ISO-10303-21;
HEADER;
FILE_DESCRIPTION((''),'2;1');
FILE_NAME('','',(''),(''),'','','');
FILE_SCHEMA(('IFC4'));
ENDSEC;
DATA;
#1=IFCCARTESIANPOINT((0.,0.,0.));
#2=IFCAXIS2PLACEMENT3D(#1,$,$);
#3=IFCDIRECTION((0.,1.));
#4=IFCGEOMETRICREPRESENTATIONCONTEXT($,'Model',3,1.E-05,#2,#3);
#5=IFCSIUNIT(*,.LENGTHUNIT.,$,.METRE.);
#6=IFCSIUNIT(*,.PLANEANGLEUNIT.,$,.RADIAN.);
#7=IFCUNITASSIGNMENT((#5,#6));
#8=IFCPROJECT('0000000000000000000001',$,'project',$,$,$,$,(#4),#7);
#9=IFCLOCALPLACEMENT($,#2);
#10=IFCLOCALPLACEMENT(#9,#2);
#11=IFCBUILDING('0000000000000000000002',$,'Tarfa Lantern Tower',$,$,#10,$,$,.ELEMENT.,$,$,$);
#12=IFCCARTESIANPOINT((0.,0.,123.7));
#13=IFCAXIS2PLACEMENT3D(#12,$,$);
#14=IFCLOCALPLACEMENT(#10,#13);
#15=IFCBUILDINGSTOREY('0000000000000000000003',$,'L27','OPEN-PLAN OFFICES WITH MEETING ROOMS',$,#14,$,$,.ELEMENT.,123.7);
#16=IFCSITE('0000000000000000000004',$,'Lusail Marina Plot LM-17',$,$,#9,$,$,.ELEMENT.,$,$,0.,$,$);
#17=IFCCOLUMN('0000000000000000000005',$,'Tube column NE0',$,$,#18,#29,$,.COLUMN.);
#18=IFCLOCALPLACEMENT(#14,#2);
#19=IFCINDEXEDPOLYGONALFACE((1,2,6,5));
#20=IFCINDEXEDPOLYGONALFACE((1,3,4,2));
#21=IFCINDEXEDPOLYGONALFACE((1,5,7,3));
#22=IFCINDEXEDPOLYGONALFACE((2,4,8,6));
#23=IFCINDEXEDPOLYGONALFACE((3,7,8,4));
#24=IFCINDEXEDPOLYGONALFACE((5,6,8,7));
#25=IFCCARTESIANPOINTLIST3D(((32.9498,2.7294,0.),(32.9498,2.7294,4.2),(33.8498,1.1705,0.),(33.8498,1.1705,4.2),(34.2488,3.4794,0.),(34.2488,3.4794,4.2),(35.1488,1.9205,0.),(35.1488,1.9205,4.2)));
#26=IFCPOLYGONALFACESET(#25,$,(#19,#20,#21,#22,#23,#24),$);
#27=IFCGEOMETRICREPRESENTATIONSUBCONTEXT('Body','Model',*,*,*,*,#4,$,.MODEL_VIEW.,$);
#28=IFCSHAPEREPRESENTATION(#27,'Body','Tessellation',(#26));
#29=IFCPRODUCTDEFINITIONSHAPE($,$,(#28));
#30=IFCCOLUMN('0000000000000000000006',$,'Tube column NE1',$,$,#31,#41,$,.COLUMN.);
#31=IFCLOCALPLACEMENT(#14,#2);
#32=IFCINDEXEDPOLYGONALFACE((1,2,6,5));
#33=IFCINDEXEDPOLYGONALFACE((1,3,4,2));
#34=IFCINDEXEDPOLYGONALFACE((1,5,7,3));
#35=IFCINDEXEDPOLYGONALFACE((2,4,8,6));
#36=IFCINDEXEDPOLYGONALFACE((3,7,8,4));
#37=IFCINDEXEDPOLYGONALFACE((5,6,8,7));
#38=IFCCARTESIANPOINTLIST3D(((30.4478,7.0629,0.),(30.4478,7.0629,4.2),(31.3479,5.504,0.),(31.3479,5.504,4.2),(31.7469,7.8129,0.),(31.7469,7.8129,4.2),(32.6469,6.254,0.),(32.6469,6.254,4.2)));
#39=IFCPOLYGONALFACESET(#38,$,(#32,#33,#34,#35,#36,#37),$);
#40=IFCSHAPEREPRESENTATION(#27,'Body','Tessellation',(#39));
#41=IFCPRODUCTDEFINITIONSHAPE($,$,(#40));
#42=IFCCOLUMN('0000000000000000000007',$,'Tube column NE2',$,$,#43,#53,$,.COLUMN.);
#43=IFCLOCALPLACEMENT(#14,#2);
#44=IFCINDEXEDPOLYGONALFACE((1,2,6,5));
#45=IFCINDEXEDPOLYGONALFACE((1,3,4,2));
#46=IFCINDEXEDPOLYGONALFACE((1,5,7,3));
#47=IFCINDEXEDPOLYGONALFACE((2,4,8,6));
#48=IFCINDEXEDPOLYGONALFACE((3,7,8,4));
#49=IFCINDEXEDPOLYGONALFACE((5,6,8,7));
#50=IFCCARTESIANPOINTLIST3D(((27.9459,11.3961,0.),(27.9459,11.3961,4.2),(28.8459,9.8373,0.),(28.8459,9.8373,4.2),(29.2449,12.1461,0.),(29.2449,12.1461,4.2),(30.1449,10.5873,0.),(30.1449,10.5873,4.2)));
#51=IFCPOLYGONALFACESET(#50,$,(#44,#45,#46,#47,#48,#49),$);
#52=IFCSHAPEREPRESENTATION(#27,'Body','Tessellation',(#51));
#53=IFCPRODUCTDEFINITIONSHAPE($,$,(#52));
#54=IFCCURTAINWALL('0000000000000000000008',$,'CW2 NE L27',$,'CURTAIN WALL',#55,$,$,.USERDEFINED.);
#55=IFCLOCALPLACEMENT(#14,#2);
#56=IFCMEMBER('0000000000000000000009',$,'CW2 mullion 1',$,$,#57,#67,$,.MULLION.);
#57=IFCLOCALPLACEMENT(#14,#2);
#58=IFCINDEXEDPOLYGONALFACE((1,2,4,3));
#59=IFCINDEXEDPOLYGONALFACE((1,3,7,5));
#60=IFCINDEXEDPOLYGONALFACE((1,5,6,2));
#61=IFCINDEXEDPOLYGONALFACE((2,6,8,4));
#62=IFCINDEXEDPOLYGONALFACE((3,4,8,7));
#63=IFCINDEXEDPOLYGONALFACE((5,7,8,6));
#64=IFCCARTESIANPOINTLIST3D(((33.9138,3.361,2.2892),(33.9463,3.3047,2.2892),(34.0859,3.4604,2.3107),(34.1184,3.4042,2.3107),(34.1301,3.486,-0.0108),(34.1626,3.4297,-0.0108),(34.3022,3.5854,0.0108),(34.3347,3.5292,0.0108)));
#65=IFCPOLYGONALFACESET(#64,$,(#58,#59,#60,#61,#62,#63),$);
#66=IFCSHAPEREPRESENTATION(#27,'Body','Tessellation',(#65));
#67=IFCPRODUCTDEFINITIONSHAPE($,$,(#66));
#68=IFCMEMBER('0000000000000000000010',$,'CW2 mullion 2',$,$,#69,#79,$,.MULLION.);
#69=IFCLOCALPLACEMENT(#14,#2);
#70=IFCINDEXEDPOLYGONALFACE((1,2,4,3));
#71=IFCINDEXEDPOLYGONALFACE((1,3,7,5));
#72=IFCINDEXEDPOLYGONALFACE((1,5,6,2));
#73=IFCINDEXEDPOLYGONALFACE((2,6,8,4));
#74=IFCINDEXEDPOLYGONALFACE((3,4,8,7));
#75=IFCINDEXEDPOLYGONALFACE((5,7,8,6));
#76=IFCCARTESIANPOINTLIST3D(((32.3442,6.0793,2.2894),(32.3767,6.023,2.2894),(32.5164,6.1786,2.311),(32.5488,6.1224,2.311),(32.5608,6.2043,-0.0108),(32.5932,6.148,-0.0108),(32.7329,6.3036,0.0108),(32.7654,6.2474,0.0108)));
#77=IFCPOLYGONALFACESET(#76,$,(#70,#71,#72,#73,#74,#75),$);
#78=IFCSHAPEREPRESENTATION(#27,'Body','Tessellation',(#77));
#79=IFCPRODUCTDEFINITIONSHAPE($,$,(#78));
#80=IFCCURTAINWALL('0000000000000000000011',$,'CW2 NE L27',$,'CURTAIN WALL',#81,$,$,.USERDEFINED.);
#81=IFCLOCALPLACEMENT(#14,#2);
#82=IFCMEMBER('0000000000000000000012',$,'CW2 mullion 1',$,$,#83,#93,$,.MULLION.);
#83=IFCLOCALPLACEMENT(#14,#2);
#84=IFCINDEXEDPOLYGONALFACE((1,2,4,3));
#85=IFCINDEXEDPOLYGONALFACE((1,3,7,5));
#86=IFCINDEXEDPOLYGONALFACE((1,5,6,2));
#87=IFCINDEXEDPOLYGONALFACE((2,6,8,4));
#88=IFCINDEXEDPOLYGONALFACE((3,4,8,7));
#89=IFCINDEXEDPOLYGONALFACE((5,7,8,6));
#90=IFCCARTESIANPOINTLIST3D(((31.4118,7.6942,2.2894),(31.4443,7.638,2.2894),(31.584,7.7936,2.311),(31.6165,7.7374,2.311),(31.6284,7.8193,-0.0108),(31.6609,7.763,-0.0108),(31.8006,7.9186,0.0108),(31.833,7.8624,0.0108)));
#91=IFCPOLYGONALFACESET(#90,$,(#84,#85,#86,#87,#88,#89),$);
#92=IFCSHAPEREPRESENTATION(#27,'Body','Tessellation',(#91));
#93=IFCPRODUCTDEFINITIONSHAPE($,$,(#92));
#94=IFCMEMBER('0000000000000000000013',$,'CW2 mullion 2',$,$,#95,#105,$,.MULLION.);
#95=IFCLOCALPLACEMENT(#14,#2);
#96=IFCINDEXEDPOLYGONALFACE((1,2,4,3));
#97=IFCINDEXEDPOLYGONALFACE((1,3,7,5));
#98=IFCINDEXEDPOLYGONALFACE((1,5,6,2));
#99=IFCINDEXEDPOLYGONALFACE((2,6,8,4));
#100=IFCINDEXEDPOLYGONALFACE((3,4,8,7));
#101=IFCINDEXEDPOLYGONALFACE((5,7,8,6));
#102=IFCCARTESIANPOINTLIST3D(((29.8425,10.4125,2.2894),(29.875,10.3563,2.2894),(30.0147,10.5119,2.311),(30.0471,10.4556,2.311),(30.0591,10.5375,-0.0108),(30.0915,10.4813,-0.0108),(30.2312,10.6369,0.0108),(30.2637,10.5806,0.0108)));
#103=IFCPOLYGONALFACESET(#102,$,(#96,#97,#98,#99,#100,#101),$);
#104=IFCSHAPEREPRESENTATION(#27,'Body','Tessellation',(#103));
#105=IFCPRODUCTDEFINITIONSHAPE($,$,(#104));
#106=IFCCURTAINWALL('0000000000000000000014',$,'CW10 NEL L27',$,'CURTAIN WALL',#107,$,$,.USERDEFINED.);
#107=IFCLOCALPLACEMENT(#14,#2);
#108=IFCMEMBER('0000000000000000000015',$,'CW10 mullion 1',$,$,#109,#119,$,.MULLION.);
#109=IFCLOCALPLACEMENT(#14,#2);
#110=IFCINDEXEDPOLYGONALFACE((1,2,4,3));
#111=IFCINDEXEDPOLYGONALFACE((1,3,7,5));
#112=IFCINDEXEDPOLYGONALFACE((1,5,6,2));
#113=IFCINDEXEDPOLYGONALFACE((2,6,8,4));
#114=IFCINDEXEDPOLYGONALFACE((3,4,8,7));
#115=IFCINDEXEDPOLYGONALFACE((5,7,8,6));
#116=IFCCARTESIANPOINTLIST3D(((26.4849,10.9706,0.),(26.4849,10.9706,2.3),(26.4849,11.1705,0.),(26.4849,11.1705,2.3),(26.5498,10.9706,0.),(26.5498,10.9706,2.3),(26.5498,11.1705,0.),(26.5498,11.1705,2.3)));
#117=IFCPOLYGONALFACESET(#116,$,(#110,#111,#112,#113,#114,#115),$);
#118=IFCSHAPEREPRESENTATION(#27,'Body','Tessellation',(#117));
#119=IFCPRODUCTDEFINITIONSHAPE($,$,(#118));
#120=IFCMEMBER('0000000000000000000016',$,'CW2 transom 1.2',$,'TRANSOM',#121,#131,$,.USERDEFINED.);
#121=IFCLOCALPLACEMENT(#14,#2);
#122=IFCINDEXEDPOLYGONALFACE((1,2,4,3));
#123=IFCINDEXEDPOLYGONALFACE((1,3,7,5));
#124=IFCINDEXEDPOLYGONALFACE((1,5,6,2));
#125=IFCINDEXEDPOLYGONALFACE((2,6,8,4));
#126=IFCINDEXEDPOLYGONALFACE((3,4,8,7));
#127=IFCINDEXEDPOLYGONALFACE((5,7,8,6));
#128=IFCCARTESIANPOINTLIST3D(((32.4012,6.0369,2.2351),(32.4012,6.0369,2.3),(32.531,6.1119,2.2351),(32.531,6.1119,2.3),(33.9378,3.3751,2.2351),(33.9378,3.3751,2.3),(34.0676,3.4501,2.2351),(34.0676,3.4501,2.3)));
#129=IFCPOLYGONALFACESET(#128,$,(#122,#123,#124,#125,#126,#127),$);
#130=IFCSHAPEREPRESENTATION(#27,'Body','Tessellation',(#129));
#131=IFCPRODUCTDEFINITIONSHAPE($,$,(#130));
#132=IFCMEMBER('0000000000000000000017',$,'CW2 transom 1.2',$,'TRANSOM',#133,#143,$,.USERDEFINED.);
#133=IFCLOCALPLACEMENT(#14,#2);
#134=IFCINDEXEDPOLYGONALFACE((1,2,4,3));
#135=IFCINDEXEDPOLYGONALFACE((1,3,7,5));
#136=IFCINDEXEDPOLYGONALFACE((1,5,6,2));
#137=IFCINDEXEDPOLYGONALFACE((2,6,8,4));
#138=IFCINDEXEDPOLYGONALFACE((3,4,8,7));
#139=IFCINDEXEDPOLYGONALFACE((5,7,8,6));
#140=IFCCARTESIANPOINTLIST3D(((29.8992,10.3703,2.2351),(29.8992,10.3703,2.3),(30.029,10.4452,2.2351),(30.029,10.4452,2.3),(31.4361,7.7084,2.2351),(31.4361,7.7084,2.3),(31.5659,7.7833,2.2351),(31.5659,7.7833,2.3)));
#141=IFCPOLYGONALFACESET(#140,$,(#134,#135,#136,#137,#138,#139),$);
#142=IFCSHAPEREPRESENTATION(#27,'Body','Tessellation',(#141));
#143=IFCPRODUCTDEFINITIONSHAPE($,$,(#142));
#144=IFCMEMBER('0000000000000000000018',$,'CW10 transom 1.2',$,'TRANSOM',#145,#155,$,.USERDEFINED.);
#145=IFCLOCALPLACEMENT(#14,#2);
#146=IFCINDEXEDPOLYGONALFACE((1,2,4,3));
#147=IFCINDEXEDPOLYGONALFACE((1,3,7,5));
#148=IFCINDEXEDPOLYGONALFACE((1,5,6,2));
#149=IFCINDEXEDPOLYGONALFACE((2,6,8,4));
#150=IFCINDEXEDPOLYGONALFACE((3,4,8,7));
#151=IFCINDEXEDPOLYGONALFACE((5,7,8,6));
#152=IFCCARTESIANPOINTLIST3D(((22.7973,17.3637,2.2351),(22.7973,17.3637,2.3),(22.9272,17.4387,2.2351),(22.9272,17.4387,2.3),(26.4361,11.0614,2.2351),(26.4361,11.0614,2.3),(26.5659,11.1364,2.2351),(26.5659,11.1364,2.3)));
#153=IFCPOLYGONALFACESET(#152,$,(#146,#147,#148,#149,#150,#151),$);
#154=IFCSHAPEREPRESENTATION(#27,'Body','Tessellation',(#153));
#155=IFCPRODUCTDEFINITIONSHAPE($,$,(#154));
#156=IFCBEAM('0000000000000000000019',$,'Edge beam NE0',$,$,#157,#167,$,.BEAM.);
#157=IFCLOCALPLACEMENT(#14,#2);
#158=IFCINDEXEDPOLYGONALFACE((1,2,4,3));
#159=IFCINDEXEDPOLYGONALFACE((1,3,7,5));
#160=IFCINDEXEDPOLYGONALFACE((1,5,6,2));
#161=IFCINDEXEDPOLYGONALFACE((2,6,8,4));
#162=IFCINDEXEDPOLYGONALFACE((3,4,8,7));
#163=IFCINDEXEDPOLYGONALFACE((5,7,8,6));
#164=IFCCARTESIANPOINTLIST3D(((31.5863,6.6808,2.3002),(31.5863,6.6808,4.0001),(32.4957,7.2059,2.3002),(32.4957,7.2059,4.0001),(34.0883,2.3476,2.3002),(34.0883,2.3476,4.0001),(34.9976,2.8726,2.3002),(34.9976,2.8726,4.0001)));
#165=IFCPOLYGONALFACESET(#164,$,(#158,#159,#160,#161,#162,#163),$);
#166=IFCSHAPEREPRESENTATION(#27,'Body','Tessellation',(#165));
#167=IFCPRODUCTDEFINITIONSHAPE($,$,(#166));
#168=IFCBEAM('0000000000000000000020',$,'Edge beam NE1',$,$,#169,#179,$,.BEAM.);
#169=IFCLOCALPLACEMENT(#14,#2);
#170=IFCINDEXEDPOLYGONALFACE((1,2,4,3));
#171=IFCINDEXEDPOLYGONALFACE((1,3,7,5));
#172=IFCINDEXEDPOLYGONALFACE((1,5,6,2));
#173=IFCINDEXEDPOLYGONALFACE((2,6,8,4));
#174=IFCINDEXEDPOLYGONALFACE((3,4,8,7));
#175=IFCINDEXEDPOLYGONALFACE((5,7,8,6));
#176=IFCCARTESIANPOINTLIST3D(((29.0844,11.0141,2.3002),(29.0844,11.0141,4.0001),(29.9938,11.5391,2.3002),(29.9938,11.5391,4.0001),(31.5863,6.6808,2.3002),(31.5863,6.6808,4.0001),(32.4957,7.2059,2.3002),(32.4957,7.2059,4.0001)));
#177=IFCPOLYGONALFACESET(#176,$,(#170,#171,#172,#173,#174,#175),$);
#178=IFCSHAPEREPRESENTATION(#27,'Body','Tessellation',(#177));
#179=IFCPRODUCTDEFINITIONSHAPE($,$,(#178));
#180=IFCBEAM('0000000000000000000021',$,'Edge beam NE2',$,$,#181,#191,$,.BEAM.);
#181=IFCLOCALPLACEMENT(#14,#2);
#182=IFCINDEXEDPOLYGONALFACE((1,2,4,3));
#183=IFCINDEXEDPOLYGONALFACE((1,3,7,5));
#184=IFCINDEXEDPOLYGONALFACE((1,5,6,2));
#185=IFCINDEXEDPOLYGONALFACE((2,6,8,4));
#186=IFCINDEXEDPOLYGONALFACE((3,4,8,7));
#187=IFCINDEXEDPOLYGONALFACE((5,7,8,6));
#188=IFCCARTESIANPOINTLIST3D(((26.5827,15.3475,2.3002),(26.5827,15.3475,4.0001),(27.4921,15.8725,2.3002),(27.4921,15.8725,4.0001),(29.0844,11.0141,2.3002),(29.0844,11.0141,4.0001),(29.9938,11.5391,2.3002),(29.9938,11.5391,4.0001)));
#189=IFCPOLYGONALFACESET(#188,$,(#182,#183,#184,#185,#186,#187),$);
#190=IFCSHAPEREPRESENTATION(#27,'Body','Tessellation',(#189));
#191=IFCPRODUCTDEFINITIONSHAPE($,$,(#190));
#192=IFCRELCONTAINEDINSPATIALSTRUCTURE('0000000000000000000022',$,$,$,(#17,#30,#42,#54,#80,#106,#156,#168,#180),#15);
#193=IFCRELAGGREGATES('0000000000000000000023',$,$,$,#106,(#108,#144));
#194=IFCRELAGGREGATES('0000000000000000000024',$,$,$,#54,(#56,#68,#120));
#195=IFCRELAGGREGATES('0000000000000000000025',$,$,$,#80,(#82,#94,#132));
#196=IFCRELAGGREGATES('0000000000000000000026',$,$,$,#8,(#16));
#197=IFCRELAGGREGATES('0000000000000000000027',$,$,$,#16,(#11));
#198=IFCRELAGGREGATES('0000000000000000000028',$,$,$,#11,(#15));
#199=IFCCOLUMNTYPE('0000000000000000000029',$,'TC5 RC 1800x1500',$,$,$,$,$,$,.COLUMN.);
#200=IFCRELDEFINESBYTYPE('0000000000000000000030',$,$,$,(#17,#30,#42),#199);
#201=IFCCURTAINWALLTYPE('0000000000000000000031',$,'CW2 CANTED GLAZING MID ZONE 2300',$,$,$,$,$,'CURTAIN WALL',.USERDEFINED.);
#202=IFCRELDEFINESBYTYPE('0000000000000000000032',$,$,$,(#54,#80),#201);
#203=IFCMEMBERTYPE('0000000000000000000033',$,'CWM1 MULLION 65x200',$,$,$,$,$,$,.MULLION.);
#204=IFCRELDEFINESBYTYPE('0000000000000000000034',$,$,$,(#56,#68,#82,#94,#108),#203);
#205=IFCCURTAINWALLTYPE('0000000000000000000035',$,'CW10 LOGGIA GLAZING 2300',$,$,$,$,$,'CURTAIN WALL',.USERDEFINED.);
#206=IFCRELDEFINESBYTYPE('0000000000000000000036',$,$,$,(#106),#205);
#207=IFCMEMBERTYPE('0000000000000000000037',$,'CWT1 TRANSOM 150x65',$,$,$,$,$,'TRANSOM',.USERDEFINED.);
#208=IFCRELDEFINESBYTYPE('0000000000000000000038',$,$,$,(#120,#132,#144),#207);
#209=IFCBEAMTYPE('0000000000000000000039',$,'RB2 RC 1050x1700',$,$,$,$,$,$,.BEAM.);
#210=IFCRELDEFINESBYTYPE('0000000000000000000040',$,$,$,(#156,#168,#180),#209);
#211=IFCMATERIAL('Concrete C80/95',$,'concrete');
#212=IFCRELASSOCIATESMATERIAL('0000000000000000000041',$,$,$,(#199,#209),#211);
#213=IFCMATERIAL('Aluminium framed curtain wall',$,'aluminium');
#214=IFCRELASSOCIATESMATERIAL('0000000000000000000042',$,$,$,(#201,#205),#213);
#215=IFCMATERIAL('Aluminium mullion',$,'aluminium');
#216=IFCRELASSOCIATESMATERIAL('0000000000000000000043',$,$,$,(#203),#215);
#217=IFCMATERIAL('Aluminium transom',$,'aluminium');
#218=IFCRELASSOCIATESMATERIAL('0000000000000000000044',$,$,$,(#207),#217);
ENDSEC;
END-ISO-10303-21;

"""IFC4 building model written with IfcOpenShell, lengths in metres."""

from ifc_helpers import new_model, si_unit, direction, frame, origin, origin_2d, place, context, subcontext, project, spatial, rectangle, extrude, material, material_profile, profile_set, type_object, element, aggregate, save


model = new_model("IFC4")

# Units and contexts
model_context = context("Model", 3, precision=1e-05, world=origin(), true_north=direction((0.0, 1.0)))
body_context = subcontext(model_context, "Body", "Model", "MODEL_VIEW")
ifc_project = project(units=[si_unit("LENGTHUNIT", "METRE"), si_unit("PLANEANGLEUNIT", "RADIAN")], contexts=[model_context])

# Site, building, storey
site_placement = place(None, origin())
site = spatial("IfcSite", under=ifc_project, at=site_placement, Name="Lusail Marina Plot LM-17", CompositionType="ELEMENT", RefElevation=0.0)
building_placement = place(site_placement, origin())
building = spatial("IfcBuilding", under=site, at=building_placement, Name="Tarfa Lantern Tower", CompositionType="ELEMENT")
storey_placement = place(building_placement, frame((0.0, 0.0, 123.7)))
storey = spatial("IfcBuildingStorey", under=building, at=storey_placement, Name="L27", Description="OPEN-PLAN OFFICES WITH MEETING ROOMS", CompositionType="ELEMENT", Elevation=123.7)

# Columns
ifc_material_1 = material(Name="Concrete C80/95", Category="concrete")
ifc_material_profile_1 = material_profile(ifc_material_1, rectangle(XDim=1.8, YDim=1.5, at=origin_2d()), Name="RC 1800x1500")
ifc_profile_set_1 = profile_set([ifc_material_profile_1], Name="Concrete C80/95")
column_type = type_object("IfcColumnType", Name="TC5 RC 1800x1500", PredefinedType="COLUMN", material=ifc_profile_set_1)
for number, where, z_axis, x_axis, name in (
    (1, (34.0493, 2.325, 0.0), (0.0, 0.0, 1.0), (-0.5, 0.866025, 0.0), "Tube column NE0"),
    (2, (31.5474, 6.6584, 0.0), (0.0, 0.0, 1.0), (-0.5, 0.866025, 0.0), "Tube column NE1"),
    (3, (29.0454, 10.9917, 0.0), (0.0, 0.0, 1.0), (-0.5, 0.866025, 0.0), "Tube column NE2"),
):
    element("IfcColumn", number, at=place(storey_placement, frame(where, z_axis=z_axis, x_axis=x_axis)), inside=storey, type_object=column_type, Name=name, PredefinedType="COLUMN", context=body_context, shape_type="SweptSolid", body=[
        extrude(rectangle(XDim=1.8, YDim=1.5, at=origin_2d()), origin(), (0.0, 0.0, 1.0), 4.2),
    ])

# Curtain walls, members
ifc_material_2 = material(Name="Aluminium framed curtain wall", Category="aluminium")
curtain_wall_type_1 = type_object("IfcCurtainWallType", Name="CW2 CANTED GLAZING MID ZONE 2300", ElementType="CURTAIN WALL", PredefinedType="USERDEFINED", material=ifc_material_2)
curtain_wall_1_placement = place(storey_placement, origin())
curtain_wall_1 = element("IfcCurtainWall", 4, at=curtain_wall_1_placement, inside=storey, type_object=curtain_wall_type_1, Name="CW2 NE L27", ObjectType="CURTAIN WALL", PredefinedType="USERDEFINED")
ifc_material_3 = material(Name="Aluminium mullion", Category="aluminium")
ifc_material_profile_2 = material_profile(ifc_material_3, rectangle(XDim=0.0649, YDim=0.2, at=origin_2d()), Name="AL MULLION 65x200")
ifc_profile_set_2 = profile_set([ifc_material_profile_2], Name="Aluminium mullion")
member_type_1 = type_object("IfcMemberType", Name="CWM1 MULLION 65x200", PredefinedType="MULLION", material=ifc_profile_set_2)
member_1_placement = place(storey_placement, frame((34.2324, 3.5076, 0.0), z_axis=(-0.093495, -0.054029, 0.994153), x_axis=(0.500343, -0.865827, 0.0)))
member_1 = element("IfcMember", 5, at=member_1_placement, type_object=member_type_1, Name="CW2 mullion 1", PredefinedType="MULLION", context=body_context, shape_type="SweptSolid", body=[
    extrude(rectangle(XDim=0.0649, YDim=0.2, at=origin_2d()), origin(), (0.0, 0.0, 1.0), 2.3135),
])
member_2_placement = place(storey_placement, frame((32.6631, 6.2258, 0.0), z_axis=(-0.0936, -0.054028, 0.994143), x_axis=(0.49992, -0.866072, 0.0)))
member_2 = element("IfcMember", 6, at=member_2_placement, type_object=member_type_1, Name="CW2 mullion 2", PredefinedType="MULLION", context=body_context, shape_type="SweptSolid", body=[
    extrude(rectangle(XDim=0.0649, YDim=0.2, at=origin_2d()), origin(), (0.0, 0.0, 1.0), 2.3137),
])
curtain_wall_2_placement = place(storey_placement, origin())
curtain_wall_2 = element("IfcCurtainWall", 7, at=curtain_wall_2_placement, inside=storey, type_object=curtain_wall_type_1, Name="CW2 NE L27", ObjectType="CURTAIN WALL", PredefinedType="USERDEFINED")
member_3_placement = place(storey_placement, frame((31.7307, 7.8408, 0.0), z_axis=(-0.0936, -0.054028, 0.994143), x_axis=(0.49992, -0.866072, 0.0)))
member_3 = element("IfcMember", 8, at=member_3_placement, type_object=member_type_1, Name="CW2 mullion 1", PredefinedType="MULLION", context=body_context, shape_type="SweptSolid", body=[
    extrude(rectangle(XDim=0.0649, YDim=0.2, at=origin_2d()), origin(), (0.0, 0.0, 1.0), 2.3137),
])
member_4_placement = place(storey_placement, frame((30.1614, 10.5591, 0.0), z_axis=(-0.0936, -0.054028, 0.994143), x_axis=(0.49992, -0.866072, 0.0)))
member_4 = element("IfcMember", 9, at=member_4_placement, type_object=member_type_1, Name="CW2 mullion 2", PredefinedType="MULLION", context=body_context, shape_type="SweptSolid", body=[
    extrude(rectangle(XDim=0.0649, YDim=0.2, at=origin_2d()), origin(), (0.0, 0.0, 1.0), 2.3137),
])

# Curtain wall, member
curtain_wall_type_2 = type_object("IfcCurtainWallType", Name="CW10 LOGGIA GLAZING 2300", ElementType="CURTAIN WALL", PredefinedType="USERDEFINED", material=ifc_material_2)
curtain_wall_3_placement = place(storey_placement, origin())
curtain_wall_3 = element("IfcCurtainWall", 10, at=curtain_wall_3_placement, inside=storey, type_object=curtain_wall_type_2, Name="CW10 NEL L27", ObjectType="CURTAIN WALL", PredefinedType="USERDEFINED")
member_5_placement = place(storey_placement, frame((26.5173, 11.0706, 0.0), z_axis=(0.0, 0.0, 1.0), x_axis=(1.0, 0.0, 0.0)))
member_5 = element("IfcMember", 11, at=member_5_placement, type_object=member_type_1, Name="CW10 mullion 1", PredefinedType="MULLION", context=body_context, shape_type="SweptSolid", body=[
    extrude(rectangle(XDim=0.0649, YDim=0.2, at=origin_2d()), origin(), (0.0, 0.0, 1.0), 2.3),
])

# Members
ifc_material_4 = material(Name="Aluminium transom", Category="aluminium")
ifc_material_profile_3 = material_profile(ifc_material_4, rectangle(XDim=0.1499, YDim=0.0649, at=origin_2d()), Name="AL TRANSOM 150x65")
ifc_profile_set_3 = profile_set([ifc_material_profile_3], Name="Aluminium transom")
member_type_2 = type_object("IfcMemberType", Name="CWT1 TRANSOM 150x65", ElementType="TRANSOM", PredefinedType="USERDEFINED", material=ifc_profile_set_3)
member_6_placement = place(storey_placement, frame((34.0027, 3.4126, 2.2676), z_axis=(-0.499949, 0.866055, 0.0), x_axis=(-0.866055, -0.499949, 0.0)))
member_6 = element("IfcMember", 12, at=member_6_placement, type_object=member_type_2, Name="CW2 transom 1.2", ObjectType="TRANSOM", PredefinedType="USERDEFINED", context=body_context, shape_type="SweptSolid", body=[
    extrude(rectangle(XDim=0.1499, YDim=0.0649, at=origin_2d()), origin(), (0.0, 0.0, 1.0), 3.0735),
])
member_7_placement = place(storey_placement, frame((31.501, 7.7458, 2.2676), z_axis=(-0.500009, 0.86602, 0.0), x_axis=(-0.86602, -0.500009, 0.0)))
member_7 = element("IfcMember", 13, at=member_7_placement, type_object=member_type_2, Name="CW2 transom 1.2", ObjectType="TRANSOM", PredefinedType="USERDEFINED", context=body_context, shape_type="SweptSolid", body=[
    extrude(rectangle(XDim=0.1499, YDim=0.0649, at=origin_2d()), origin(), (0.0, 0.0, 1.0), 3.0737),
])
member_8_placement = place(storey_placement, frame((26.501, 11.0989, 2.2676), z_axis=(-0.500007, 0.866021, 0.0), x_axis=(-0.866021, -0.500007, 0.0)))
member_8 = element("IfcMember", 14, at=member_8_placement, type_object=member_type_2, Name="CW10 transom 1.2", ObjectType="TRANSOM", PredefinedType="USERDEFINED", context=body_context, shape_type="SweptSolid", body=[
    extrude(rectangle(XDim=0.1499, YDim=0.0649, at=origin_2d()), origin(), (0.0, 0.0, 1.0), 7.2773),
])
aggregate(curtain_wall_3, [member_5, member_8])

# Beams
ifc_material_profile_4 = material_profile(ifc_material_1, rectangle(XDim=1.05, YDim=1.7, at=origin_2d()), Name="RC 1050x1700")
ifc_profile_set_4 = profile_set([ifc_material_profile_4], Name="Concrete C80/95")
beam_type_1 = type_object("IfcBeamType", Name="RB2 RC 1050x1700", PredefinedType="BEAM", material=ifc_profile_set_4)
for number, where, z_axis, x_axis, name in (
    (15, (34.543, 2.6101, 3.1501), (-0.500022, 0.866013, 0.0), (-0.866013, -0.500022, 0.0), "Edge beam NE0"),
    (16, (32.041, 6.9434, 3.1501), (-0.500022, 0.866013, 0.0), (-0.866013, -0.500022, 0.0), "Edge beam NE1"),
    (17, (29.5391, 11.2766, 3.1501), (-0.499965, 0.866046, 0.0), (-0.866046, -0.499965, 0.0), "Edge beam NE2"),
):
    element("IfcBeam", number, at=place(storey_placement, frame(where, z_axis=z_axis, x_axis=x_axis)), inside=storey, type_object=beam_type_1, Name=name, PredefinedType="BEAM", context=body_context, shape_type="SweptSolid", body=[
        extrude(rectangle(XDim=1.05, YDim=1.7, at=origin_2d()), origin(), (0.0, 0.0, 1.0), 5.0037),
    ])

aggregate(curtain_wall_1, [member_1, member_2, member_6])
aggregate(curtain_wall_2, [member_3, member_4, member_7])

save(model, "model.ifc")
